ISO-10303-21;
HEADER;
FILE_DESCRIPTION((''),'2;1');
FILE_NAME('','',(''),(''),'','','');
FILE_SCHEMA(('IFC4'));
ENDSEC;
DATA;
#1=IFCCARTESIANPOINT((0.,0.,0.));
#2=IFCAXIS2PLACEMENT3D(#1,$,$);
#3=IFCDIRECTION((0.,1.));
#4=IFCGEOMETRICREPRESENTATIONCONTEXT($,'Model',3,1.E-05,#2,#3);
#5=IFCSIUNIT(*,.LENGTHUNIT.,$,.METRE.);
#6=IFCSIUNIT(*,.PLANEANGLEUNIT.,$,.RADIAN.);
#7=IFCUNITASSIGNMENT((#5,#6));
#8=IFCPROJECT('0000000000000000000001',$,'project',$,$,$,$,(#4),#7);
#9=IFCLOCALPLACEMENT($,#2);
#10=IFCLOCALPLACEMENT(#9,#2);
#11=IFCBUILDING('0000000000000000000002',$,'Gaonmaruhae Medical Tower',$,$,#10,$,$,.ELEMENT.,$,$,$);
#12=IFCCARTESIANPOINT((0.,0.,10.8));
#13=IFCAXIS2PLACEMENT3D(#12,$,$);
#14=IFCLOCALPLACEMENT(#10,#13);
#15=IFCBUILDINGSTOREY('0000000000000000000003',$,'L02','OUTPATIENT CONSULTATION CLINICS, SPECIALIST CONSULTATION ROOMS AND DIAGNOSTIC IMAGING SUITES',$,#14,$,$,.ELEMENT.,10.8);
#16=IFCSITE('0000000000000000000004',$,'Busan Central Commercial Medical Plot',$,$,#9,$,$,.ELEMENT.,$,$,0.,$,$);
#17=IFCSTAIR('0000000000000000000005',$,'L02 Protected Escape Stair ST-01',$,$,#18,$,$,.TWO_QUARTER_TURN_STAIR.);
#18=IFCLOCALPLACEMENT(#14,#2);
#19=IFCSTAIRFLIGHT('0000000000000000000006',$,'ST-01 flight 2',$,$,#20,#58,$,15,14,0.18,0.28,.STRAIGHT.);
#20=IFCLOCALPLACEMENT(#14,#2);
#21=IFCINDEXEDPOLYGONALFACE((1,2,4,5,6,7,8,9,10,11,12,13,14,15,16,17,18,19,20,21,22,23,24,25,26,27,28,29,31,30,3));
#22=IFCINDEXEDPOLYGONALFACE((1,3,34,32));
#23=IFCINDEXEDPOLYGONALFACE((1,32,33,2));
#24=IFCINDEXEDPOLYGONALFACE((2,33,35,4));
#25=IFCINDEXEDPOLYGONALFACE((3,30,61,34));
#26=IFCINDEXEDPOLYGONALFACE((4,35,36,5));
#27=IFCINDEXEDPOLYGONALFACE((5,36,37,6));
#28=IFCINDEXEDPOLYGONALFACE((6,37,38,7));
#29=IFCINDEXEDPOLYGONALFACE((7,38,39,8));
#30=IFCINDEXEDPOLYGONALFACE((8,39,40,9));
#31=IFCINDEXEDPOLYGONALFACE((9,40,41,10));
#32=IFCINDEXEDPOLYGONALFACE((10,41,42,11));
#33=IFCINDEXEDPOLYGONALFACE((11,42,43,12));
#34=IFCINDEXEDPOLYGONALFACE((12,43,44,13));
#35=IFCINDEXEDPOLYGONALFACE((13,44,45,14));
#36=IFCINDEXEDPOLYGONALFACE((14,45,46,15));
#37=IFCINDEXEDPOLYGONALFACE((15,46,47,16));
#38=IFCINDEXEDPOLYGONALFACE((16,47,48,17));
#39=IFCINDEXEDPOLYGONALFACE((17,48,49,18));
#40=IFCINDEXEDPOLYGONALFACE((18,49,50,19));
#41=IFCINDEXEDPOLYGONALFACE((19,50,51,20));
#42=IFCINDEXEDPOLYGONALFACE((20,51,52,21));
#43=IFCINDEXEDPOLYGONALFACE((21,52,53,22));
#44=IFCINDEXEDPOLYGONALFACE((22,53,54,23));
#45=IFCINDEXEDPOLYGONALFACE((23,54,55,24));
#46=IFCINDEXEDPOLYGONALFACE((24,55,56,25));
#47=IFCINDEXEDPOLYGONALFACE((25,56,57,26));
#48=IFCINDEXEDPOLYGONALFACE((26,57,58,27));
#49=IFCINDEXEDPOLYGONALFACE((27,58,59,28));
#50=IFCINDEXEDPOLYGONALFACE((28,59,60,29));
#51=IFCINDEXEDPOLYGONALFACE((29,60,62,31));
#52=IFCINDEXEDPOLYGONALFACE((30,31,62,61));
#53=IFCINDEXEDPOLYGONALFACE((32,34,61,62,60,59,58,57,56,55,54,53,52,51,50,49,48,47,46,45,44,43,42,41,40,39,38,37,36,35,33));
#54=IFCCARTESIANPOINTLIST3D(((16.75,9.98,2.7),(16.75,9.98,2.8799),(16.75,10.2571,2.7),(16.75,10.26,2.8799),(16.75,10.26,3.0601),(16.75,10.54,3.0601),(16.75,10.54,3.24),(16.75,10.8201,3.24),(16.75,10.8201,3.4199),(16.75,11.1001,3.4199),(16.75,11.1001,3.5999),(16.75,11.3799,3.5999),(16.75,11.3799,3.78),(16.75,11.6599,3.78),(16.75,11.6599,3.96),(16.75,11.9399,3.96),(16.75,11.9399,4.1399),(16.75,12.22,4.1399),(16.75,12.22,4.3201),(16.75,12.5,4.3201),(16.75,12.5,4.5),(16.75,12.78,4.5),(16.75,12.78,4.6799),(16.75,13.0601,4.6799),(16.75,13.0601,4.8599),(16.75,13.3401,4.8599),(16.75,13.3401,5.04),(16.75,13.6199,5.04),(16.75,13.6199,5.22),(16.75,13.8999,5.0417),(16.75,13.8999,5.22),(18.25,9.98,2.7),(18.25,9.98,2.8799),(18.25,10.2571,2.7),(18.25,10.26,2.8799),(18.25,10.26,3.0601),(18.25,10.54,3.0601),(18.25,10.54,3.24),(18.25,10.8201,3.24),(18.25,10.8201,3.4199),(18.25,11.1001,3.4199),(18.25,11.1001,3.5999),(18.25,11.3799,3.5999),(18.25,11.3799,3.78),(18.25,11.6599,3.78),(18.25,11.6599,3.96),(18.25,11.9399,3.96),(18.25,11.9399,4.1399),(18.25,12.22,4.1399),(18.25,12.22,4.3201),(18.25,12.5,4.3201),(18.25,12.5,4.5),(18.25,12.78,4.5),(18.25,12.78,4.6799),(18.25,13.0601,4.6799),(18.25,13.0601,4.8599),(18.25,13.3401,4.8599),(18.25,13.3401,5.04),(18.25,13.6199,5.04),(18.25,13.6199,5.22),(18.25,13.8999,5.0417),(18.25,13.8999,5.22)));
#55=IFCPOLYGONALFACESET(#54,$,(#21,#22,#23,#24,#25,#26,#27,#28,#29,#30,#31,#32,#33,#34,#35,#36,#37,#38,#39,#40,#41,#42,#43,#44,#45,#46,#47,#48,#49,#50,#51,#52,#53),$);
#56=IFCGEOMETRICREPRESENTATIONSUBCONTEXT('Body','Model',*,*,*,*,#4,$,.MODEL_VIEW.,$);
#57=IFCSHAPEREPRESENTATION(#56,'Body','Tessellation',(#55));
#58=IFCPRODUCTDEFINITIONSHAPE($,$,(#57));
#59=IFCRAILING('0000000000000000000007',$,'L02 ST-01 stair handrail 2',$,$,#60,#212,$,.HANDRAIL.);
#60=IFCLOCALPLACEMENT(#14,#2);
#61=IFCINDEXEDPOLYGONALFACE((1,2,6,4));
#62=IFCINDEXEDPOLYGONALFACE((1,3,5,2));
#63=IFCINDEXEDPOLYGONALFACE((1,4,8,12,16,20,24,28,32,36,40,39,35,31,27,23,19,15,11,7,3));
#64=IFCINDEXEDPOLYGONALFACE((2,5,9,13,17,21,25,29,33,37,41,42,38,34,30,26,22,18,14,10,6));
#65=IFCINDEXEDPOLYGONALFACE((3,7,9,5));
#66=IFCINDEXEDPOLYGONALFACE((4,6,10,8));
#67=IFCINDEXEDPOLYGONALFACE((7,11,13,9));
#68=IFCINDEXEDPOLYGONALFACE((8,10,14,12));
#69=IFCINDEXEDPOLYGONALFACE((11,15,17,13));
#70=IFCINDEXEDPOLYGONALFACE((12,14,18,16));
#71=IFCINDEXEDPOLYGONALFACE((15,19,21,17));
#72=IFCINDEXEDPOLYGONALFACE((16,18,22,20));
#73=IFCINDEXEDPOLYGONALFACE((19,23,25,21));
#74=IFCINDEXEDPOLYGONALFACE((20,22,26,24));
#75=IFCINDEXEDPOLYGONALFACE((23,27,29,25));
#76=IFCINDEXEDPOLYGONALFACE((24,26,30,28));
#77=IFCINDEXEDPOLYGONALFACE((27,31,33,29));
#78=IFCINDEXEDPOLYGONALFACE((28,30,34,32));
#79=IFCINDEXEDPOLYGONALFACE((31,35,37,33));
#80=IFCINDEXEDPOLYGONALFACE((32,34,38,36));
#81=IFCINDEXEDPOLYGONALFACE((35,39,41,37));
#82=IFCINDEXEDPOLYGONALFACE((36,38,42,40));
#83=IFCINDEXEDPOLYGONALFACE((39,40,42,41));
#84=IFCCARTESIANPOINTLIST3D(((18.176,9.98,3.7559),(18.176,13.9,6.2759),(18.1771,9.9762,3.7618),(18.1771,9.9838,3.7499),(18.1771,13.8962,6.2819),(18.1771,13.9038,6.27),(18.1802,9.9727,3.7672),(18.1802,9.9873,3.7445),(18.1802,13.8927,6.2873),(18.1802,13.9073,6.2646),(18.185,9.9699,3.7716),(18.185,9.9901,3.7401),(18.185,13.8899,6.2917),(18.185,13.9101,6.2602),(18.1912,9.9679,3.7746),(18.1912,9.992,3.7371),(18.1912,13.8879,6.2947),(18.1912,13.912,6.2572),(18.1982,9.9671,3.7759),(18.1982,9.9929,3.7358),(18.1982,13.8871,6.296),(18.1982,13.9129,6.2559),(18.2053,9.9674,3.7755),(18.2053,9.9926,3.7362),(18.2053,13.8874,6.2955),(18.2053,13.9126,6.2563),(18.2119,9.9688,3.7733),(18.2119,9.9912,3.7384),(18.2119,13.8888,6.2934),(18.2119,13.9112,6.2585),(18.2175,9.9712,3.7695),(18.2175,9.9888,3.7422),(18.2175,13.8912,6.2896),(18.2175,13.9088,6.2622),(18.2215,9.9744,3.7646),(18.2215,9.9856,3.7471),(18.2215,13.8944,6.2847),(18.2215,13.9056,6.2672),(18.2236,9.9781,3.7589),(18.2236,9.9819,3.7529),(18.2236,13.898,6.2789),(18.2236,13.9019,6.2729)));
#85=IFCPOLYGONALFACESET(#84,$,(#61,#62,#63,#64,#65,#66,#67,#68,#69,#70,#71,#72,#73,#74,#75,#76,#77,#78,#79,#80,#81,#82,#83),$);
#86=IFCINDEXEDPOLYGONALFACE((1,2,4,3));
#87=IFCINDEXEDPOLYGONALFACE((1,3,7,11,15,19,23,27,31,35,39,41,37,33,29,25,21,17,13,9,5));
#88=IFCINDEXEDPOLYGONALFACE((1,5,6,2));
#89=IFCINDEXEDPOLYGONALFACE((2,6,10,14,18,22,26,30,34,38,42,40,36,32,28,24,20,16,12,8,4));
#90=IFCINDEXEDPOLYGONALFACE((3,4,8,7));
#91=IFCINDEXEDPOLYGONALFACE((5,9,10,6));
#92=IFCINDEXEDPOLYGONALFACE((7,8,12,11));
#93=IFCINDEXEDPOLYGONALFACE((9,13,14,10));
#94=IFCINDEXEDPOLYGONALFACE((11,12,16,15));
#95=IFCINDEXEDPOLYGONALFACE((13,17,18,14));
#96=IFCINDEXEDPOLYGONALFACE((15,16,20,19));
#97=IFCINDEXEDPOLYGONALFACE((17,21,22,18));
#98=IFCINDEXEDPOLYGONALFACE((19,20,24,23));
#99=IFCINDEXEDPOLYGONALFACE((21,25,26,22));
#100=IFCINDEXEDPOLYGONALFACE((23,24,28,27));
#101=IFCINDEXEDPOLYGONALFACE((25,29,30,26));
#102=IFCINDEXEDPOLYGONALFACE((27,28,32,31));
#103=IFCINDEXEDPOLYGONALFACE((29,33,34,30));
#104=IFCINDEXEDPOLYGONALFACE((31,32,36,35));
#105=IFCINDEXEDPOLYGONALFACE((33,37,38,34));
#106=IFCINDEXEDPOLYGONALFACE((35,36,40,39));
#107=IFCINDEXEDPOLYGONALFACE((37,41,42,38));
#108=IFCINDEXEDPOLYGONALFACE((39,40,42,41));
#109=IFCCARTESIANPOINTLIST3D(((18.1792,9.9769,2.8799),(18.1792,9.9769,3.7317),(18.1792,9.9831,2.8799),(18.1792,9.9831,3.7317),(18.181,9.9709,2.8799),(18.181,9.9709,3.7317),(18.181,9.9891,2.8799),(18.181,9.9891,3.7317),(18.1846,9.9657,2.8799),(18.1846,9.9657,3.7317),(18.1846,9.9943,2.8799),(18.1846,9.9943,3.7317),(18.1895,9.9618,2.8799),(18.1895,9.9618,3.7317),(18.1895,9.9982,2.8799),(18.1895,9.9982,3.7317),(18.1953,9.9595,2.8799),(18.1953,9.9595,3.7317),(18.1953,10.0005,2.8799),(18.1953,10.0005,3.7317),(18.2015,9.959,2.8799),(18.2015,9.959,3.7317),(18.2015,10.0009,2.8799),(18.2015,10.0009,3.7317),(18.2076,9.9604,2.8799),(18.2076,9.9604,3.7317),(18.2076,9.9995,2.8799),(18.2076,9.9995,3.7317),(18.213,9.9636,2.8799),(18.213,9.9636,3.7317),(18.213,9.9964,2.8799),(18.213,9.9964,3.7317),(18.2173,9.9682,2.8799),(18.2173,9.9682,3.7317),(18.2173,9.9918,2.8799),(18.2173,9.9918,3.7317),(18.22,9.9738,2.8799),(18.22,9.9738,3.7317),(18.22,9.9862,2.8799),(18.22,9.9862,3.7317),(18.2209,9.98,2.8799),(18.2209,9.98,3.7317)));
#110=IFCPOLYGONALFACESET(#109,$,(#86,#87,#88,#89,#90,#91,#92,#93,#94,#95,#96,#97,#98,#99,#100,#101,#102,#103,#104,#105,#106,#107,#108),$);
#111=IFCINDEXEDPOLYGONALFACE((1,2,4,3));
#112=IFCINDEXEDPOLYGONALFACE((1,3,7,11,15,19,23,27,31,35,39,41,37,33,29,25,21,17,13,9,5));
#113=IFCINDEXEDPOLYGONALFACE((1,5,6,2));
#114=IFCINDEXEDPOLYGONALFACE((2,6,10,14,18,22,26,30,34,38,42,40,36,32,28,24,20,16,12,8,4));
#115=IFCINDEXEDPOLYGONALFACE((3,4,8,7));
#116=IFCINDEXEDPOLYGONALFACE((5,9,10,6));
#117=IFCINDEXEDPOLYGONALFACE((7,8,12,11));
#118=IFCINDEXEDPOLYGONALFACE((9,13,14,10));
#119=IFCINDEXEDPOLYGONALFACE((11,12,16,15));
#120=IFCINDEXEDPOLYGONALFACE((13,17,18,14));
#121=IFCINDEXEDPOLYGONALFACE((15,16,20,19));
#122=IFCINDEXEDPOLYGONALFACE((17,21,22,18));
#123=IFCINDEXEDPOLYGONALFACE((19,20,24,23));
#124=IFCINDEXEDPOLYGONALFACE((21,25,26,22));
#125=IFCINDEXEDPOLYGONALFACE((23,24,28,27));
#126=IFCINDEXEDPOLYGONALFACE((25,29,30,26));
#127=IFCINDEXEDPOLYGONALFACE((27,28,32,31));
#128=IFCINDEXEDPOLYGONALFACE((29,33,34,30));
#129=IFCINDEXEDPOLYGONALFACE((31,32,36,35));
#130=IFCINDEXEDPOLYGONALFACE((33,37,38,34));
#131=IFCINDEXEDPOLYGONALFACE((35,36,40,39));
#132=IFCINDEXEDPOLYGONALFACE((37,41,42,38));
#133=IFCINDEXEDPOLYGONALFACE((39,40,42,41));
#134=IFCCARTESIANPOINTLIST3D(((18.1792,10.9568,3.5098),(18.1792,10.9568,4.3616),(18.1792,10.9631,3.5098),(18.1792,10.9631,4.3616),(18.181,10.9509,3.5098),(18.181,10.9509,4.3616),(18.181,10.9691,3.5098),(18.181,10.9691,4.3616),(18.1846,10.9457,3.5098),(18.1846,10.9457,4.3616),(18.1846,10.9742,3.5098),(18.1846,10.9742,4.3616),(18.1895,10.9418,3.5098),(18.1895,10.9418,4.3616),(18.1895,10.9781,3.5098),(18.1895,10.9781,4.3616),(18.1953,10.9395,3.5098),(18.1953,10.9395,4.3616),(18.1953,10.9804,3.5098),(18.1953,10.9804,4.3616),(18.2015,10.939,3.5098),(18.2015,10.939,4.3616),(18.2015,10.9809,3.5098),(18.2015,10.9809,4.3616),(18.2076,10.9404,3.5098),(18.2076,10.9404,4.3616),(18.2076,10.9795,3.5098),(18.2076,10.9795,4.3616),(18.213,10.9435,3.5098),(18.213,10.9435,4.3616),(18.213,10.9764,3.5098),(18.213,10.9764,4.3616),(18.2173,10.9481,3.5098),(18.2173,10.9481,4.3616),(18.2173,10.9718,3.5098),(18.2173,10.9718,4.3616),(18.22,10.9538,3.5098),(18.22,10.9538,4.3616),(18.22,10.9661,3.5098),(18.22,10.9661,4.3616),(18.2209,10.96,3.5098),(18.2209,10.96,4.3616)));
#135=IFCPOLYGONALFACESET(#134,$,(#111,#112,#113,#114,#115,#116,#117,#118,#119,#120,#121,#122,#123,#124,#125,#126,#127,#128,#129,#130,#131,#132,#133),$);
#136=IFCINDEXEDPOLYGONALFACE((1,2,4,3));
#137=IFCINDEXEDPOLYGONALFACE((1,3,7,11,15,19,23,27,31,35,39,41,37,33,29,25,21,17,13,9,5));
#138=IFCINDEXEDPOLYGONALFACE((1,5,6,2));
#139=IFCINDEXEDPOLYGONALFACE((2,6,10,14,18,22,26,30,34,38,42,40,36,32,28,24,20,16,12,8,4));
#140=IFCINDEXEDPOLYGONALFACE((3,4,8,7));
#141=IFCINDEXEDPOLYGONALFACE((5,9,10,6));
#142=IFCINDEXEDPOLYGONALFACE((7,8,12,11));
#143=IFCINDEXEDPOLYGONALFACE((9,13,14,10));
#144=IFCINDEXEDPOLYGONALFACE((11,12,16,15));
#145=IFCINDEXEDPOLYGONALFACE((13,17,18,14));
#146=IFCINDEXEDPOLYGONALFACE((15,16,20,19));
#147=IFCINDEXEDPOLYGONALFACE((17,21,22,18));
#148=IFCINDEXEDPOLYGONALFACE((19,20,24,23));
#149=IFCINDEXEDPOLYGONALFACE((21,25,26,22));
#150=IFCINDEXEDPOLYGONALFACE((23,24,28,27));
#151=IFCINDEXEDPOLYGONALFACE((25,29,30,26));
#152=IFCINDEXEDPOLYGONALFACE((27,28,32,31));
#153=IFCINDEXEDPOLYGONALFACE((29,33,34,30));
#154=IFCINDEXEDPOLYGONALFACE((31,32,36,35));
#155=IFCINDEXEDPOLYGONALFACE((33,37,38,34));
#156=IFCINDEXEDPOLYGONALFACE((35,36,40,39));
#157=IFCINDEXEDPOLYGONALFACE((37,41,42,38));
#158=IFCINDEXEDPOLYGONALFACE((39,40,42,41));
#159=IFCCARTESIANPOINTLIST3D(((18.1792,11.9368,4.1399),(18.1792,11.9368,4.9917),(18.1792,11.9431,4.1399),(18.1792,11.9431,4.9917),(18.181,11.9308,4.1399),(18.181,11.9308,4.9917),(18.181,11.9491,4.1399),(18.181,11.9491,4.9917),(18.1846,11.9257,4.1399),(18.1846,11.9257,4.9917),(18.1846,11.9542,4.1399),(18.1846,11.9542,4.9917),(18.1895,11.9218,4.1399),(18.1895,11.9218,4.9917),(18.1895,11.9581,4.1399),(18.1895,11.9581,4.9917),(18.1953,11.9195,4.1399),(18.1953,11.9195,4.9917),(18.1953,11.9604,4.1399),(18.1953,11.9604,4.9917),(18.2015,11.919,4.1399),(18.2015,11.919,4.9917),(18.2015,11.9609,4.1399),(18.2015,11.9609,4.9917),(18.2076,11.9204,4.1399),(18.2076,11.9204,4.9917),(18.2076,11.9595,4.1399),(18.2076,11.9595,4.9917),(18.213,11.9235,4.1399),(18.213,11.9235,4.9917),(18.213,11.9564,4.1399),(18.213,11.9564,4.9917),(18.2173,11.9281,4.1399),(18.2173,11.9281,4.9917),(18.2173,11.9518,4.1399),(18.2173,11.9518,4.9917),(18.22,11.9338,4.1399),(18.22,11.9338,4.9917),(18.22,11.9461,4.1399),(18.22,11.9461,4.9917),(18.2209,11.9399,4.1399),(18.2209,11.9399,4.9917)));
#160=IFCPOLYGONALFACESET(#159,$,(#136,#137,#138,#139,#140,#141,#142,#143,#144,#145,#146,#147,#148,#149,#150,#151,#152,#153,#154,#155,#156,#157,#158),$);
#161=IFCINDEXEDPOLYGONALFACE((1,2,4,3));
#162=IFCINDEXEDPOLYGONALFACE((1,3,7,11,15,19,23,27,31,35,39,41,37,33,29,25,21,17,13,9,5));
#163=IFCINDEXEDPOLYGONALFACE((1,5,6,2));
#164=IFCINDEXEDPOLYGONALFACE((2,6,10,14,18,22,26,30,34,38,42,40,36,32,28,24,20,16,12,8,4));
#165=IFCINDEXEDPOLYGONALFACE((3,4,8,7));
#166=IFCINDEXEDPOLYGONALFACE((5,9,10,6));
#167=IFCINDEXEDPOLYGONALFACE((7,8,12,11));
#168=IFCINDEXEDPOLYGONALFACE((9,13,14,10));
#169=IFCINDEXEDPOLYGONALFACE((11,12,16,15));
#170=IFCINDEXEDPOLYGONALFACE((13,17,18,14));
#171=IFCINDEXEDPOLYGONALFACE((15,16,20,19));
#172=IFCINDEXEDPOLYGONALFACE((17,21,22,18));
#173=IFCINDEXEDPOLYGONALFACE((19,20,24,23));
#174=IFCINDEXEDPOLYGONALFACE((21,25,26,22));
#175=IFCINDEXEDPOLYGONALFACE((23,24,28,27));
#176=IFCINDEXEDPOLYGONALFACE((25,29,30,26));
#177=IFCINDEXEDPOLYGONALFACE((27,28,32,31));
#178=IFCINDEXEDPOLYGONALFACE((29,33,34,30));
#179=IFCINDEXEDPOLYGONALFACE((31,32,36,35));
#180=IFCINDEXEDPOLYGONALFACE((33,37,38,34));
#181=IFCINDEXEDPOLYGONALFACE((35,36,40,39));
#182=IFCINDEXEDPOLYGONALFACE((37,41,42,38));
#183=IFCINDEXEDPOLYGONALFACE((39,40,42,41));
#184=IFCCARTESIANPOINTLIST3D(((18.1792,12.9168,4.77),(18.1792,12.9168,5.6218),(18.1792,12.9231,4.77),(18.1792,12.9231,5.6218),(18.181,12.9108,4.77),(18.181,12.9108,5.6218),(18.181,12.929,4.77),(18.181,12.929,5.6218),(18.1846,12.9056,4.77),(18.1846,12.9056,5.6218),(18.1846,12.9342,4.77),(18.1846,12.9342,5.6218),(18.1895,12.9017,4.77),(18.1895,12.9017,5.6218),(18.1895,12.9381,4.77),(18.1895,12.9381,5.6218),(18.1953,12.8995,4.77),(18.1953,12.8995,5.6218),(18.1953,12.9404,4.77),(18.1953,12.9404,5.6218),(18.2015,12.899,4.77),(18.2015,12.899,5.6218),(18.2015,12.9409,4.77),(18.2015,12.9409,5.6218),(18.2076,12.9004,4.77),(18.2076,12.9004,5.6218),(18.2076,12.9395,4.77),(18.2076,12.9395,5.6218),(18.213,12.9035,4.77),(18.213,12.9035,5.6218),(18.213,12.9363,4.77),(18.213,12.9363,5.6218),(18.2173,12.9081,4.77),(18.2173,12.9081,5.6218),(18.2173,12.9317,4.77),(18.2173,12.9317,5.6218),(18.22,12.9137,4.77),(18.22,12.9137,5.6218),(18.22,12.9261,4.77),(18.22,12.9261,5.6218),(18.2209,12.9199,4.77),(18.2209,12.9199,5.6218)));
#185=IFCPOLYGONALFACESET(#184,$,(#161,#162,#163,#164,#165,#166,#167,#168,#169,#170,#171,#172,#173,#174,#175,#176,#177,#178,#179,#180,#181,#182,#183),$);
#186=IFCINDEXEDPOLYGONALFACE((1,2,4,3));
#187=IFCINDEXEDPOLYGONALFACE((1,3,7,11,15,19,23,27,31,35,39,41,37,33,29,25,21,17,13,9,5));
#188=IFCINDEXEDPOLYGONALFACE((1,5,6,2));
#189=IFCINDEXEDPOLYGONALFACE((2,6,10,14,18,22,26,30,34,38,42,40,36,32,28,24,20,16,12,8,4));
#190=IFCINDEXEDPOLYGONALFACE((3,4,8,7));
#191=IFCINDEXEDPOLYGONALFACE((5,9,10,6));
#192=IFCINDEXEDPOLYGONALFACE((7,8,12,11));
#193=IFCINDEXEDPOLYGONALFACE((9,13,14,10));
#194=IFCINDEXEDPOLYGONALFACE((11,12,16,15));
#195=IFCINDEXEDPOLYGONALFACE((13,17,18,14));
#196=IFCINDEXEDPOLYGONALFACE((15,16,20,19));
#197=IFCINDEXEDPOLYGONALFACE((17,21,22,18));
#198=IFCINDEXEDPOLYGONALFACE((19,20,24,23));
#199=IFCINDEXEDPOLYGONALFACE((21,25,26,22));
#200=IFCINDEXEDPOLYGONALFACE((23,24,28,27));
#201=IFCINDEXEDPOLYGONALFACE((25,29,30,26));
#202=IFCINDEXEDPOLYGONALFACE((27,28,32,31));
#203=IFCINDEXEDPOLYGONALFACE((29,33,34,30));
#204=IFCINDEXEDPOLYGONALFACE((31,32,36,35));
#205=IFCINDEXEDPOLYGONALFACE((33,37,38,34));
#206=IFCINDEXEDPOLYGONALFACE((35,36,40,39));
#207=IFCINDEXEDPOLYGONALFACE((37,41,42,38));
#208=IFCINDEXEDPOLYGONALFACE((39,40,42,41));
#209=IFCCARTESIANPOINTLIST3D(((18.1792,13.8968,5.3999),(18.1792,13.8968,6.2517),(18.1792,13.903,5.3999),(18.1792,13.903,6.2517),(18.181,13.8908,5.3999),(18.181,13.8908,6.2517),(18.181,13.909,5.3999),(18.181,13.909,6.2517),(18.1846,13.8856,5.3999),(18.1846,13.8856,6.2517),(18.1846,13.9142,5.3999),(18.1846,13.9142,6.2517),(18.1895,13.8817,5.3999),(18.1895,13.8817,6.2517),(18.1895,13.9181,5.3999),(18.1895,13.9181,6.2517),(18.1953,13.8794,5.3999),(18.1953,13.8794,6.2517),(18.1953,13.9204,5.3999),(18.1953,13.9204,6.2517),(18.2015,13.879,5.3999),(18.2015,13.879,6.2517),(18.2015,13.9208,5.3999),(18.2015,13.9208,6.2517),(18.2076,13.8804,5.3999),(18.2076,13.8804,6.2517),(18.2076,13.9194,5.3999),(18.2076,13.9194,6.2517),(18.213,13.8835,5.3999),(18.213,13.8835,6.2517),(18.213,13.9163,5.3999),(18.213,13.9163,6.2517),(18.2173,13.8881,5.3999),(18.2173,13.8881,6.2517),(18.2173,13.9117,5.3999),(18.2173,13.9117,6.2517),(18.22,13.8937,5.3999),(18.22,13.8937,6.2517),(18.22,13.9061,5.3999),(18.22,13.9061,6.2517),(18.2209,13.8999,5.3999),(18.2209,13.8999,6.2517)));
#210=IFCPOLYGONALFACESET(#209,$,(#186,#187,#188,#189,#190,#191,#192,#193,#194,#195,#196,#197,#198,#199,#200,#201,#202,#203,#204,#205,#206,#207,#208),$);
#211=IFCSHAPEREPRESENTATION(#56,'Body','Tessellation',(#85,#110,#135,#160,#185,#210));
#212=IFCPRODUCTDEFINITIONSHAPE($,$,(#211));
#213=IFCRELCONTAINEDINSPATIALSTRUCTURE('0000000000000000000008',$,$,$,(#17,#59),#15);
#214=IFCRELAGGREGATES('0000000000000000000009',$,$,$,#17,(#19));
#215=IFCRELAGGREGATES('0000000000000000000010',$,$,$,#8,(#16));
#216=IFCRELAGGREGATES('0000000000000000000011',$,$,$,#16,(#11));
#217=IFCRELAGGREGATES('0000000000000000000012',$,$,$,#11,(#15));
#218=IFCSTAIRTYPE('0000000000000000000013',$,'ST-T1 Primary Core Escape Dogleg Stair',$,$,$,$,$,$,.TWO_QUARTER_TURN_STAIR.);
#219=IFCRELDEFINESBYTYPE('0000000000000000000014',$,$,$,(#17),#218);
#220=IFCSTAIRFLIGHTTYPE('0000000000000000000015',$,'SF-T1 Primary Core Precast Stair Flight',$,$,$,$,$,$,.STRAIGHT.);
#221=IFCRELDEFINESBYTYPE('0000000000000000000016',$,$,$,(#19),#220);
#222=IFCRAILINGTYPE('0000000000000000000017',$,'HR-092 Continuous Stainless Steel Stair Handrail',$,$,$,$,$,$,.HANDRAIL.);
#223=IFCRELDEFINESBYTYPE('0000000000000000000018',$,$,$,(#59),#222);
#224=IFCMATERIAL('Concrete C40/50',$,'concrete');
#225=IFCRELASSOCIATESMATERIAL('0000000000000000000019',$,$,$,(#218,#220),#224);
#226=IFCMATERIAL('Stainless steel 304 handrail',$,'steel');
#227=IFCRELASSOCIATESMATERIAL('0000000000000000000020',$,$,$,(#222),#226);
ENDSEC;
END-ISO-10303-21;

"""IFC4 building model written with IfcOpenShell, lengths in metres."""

from ifc_helpers import new_model, si_unit, direction, frame, origin, origin_2d, place, context, subcontext, project, spatial, polyline, circle, outline, extrude, material, type_object, element, aggregate, save


model = new_model("IFC4")

# Units and contexts
model_context = context("Model", 3, precision=1e-05, world=origin(), true_north=direction((0.0, 1.0)))
body_context = subcontext(model_context, "Body", "Model", "MODEL_VIEW")
ifc_project = project(units=[si_unit("LENGTHUNIT", "METRE"), si_unit("PLANEANGLEUNIT", "RADIAN")], contexts=[model_context])

# Site, building, storey
site_placement = place(None, origin())
site = spatial("IfcSite", under=ifc_project, at=site_placement, Name="Busan Central Commercial Medical Plot", CompositionType="ELEMENT", RefElevation=0.0)
building_placement = place(site_placement, origin())
building = spatial("IfcBuilding", under=site, at=building_placement, Name="Gaonmaruhae Medical Tower", CompositionType="ELEMENT")
storey_placement = place(building_placement, frame((0.0, 0.0, 10.8)))
storey = spatial("IfcBuildingStorey", under=building, at=storey_placement, Name="L02", Description="OUTPATIENT CONSULTATION CLINICS, SPECIALIST CONSULTATION ROOMS AND DIAGNOSTIC IMAGING SUITES", CompositionType="ELEMENT", Elevation=10.8)

# Stair, stair flight
ifc_material_1 = material(Name="Concrete C40/50", Category="concrete")
stair_type = type_object("IfcStairType", Name="ST-T1 Primary Core Escape Dogleg Stair", PredefinedType="TWO_QUARTER_TURN_STAIR", material=ifc_material_1)
stair_placement = place(storey_placement, origin())
stair = element("IfcStair", 1, at=stair_placement, inside=storey, type_object=stair_type, Name="L02 Protected Escape Stair ST-01", PredefinedType="TWO_QUARTER_TURN_STAIR")
stair_flight_type = type_object("IfcStairFlightType", Name="SF-T1 Primary Core Precast Stair Flight", PredefinedType="STRAIGHT", material=ifc_material_1)
stair_flight_placement = place(storey_placement, frame((17.5, 9.98, 2.7), z_axis=(0.0, 0.0, 1.0), x_axis=(0.0, 1.0, 0.0)))
stair_flight = element("IfcStairFlight", 2, at=stair_flight_placement, type_object=stair_flight_type, Name="ST-01 flight 2", NumberOfRisers=15, NumberOfTreads=14, PredefinedType="STRAIGHT", RiserHeight=0.18, TreadLength=0.28, context=body_context, shape_type="SweptSolid", body=[
    extrude(outline(polyline([(0.0, 0.0), (0.0, 0.1799), (0.28, 0.1799), (0.28, 0.3601), (0.5601, 0.3601), (0.5601, 0.54), (0.8401, 0.54), (0.8401, 0.72), (1.1201, 0.72), (1.1201, 0.8999), (1.3999, 0.8999), (1.3999, 1.0801), (1.6799, 1.0801), (1.6799, 1.26), (1.96, 1.26), (1.96, 1.4399), (2.24, 1.4399), (2.24, 1.6201), (2.52, 1.6201), (2.52, 1.8), (2.8, 1.8), (2.8, 1.98), (3.0801, 1.98), (3.0801, 2.1599), (3.3601, 2.1599), (3.3601, 2.3401), (3.6399, 2.3401), (3.6399, 2.52), (3.9199, 2.52), (3.9199, 2.7), (3.9199, 2.3418), (0.2771, 0.0), (0.0, 0.0)])), frame((0.0, 0.75, 0.0), z_axis=(0.0, -1.0, 0.0), x_axis=(1.0, 0.0, 0.0)), (0.0, 0.0, 1.0), 1.5),
])
aggregate(stair, [stair_flight])

# Railing
ifc_material_2 = material(Name="Stainless steel 304 handrail", Category="steel")
railing_type_1 = type_object("IfcRailingType", Name="HR-092 Continuous Stainless Steel Stair Handrail", PredefinedType="HANDRAIL", material=ifc_material_2)
railing_1_placement = place(storey_placement, frame((18.2, 9.98, 2.8799)))
element("IfcRailing", 3, at=railing_1_placement, inside=storey, type_object=railing_type_1, Name="L02 ST-01 stair handrail 2", PredefinedType="HANDRAIL", context=body_context, shape_type="SweptSolid", body=[
    extrude(circle(Radius=0.0239, at=origin_2d()), frame((0.0, 0.0, 0.876), z_axis=(0.0, 0.841172, 0.540768), x_axis=(-1.0, 0.0, 0.0)), (0.0, 0.0, 1.0), 4.6602),
    extrude(circle(Radius=0.021, at=origin_2d()), origin(), (0.0, 0.0, 1.0), 0.8518),
    extrude(circle(Radius=0.021, at=origin_2d()), frame((0.0, 0.98, 0.6299)), (0.0, 0.0, 1.0), 0.8518),
    extrude(circle(Radius=0.021, at=origin_2d()), frame((0.0, 1.96, 1.26)), (0.0, 0.0, 1.0), 0.8518),
    extrude(circle(Radius=0.021, at=origin_2d()), frame((0.0, 2.9399, 1.8901)), (0.0, 0.0, 1.0), 0.8518),
    extrude(circle(Radius=0.021, at=origin_2d()), frame((0.0, 3.9199, 2.52)), (0.0, 0.0, 1.0), 0.8518),
])

save(model, "model.ifc")
